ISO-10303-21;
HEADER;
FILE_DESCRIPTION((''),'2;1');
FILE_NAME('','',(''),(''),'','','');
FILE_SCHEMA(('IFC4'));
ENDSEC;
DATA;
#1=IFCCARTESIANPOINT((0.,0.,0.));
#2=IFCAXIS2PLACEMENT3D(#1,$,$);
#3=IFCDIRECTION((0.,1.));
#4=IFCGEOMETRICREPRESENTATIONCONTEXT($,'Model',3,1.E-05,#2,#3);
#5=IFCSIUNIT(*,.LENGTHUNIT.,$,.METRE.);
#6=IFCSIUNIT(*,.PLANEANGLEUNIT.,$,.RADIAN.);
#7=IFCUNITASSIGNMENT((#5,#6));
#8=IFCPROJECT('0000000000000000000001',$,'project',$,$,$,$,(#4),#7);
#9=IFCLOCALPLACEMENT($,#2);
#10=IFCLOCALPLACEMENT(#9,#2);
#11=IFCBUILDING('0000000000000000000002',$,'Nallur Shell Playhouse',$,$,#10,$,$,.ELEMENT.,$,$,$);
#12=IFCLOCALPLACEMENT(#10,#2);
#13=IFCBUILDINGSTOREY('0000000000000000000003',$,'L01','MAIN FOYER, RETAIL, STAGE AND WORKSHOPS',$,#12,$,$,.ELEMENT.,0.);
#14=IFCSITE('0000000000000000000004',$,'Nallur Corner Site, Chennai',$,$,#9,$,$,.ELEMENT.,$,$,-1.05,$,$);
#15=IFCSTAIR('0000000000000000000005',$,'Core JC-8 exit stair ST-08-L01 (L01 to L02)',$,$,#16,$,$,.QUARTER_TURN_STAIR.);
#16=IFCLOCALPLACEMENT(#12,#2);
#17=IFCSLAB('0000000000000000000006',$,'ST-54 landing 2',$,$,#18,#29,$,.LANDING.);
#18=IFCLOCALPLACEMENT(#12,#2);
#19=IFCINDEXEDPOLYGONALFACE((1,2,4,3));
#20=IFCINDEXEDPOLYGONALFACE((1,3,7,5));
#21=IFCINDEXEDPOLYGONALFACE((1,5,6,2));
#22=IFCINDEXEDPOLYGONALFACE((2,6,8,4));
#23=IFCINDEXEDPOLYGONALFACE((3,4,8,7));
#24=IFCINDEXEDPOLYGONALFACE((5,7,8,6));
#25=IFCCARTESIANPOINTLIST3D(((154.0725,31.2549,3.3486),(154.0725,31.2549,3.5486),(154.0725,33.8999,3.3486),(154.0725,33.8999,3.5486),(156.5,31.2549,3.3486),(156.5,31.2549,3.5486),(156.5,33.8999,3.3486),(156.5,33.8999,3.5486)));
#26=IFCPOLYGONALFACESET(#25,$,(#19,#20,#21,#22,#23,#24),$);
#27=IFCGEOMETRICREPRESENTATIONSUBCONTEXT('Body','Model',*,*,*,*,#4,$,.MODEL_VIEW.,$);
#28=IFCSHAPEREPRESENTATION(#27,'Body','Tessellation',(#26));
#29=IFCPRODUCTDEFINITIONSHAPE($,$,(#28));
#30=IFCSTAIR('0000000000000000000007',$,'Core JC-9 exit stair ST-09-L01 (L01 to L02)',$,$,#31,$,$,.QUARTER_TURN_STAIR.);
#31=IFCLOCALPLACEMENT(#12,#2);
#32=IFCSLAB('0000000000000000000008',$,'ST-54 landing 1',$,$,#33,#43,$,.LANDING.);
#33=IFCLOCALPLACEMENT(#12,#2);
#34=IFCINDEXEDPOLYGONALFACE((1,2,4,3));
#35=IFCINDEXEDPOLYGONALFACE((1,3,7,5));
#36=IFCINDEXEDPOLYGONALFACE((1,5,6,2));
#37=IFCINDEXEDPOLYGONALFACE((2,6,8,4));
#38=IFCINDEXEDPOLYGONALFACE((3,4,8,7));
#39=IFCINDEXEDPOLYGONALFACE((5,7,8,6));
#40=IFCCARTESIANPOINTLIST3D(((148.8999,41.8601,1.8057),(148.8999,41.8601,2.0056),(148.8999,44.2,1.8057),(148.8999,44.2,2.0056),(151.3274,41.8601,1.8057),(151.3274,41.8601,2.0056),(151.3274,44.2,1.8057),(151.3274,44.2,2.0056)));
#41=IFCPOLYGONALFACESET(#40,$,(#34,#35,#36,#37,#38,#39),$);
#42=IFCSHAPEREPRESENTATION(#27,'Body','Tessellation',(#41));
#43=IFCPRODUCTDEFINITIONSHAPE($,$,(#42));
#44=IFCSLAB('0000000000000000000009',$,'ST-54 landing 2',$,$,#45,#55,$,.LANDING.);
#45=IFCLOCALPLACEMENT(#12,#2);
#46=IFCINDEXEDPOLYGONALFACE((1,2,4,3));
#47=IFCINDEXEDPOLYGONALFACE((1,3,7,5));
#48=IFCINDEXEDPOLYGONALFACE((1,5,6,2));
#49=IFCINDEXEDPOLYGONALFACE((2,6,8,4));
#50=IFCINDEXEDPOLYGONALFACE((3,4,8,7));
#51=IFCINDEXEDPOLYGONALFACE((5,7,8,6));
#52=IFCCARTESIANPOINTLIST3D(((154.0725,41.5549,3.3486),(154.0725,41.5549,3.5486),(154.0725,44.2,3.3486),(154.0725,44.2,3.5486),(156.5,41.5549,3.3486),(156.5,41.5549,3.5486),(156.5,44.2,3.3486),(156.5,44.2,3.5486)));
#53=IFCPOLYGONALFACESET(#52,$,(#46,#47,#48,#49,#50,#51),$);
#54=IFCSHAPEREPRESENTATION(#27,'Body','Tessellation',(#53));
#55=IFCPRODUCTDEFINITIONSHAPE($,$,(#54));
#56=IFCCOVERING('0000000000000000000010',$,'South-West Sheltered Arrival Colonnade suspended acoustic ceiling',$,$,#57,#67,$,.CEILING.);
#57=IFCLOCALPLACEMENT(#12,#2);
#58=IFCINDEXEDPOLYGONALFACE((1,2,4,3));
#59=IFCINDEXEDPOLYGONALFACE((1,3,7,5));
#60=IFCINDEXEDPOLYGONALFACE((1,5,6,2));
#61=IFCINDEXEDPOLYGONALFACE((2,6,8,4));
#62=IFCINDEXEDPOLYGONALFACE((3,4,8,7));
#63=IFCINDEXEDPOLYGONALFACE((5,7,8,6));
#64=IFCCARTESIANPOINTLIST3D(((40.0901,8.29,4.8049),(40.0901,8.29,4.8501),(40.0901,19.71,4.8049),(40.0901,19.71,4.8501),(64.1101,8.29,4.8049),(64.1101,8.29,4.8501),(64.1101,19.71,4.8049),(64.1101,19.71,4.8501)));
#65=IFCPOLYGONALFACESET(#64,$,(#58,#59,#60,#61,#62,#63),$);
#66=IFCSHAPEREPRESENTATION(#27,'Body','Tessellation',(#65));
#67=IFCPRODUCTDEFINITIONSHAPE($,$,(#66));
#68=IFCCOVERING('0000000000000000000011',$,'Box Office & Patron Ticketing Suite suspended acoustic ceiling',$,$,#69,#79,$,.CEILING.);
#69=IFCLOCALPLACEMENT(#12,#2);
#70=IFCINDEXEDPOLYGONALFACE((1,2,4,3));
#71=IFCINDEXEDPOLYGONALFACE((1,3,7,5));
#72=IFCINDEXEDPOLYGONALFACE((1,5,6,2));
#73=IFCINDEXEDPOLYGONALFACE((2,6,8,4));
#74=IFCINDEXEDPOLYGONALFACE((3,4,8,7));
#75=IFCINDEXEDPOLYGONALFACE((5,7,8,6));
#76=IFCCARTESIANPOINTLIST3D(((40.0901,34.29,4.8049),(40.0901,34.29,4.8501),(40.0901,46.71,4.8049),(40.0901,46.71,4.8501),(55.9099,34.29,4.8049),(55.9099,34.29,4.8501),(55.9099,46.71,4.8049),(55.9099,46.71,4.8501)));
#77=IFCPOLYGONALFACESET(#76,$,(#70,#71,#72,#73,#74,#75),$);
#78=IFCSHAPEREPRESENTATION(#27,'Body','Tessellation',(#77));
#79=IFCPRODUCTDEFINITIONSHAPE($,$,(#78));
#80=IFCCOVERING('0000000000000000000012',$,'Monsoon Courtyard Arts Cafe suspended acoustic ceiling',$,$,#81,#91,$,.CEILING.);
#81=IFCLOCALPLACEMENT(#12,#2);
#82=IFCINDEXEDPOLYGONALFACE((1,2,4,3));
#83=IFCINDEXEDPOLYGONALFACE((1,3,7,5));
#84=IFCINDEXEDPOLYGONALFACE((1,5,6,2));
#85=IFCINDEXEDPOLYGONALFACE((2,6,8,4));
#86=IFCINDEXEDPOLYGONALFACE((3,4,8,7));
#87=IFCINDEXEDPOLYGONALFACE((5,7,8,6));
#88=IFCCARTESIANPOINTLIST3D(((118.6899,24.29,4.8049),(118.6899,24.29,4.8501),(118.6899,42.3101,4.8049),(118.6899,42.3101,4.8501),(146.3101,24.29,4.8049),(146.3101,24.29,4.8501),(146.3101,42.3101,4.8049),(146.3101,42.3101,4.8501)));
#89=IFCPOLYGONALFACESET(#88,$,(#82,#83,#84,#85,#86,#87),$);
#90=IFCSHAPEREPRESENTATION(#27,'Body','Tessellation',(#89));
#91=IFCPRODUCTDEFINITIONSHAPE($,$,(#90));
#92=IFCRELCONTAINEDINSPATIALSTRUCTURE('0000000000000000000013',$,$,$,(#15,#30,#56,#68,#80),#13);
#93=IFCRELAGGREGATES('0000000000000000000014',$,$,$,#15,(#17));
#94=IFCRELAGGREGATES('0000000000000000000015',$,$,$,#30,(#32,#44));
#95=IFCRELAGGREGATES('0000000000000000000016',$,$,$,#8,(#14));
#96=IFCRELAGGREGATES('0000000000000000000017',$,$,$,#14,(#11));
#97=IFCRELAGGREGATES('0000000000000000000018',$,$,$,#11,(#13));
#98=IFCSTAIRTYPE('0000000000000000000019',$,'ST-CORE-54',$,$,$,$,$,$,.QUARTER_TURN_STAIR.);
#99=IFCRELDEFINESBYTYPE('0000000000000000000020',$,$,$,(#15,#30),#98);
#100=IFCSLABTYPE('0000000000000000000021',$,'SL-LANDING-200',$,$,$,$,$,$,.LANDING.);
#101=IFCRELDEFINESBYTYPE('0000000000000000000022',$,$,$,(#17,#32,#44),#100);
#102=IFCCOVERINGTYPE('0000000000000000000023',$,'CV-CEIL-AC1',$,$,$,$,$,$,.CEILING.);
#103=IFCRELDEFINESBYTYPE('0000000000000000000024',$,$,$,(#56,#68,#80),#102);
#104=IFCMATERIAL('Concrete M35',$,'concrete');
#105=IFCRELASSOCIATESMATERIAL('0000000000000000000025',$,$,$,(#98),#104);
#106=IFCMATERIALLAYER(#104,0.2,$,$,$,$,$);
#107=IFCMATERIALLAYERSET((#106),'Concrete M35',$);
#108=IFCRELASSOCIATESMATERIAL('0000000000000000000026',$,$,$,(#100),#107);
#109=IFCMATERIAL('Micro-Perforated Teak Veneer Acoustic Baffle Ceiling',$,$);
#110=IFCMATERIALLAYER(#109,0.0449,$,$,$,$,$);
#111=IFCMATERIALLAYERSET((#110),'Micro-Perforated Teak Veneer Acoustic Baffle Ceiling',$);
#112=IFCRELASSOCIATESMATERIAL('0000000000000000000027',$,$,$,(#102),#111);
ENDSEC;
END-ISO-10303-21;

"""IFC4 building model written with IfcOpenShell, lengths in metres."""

from ifc_helpers import new_model, si_unit, direction, frame, origin, place, context, subcontext, project, spatial, polyline, outline, extrude, material, layer, layer_set, type_object, element, aggregate, save


model = new_model("IFC4")

# Units and contexts
model_context = context("Model", 3, precision=1e-05, world=origin(), true_north=direction((0.0, 1.0)))
body_context = subcontext(model_context, "Body", "Model", "MODEL_VIEW")
ifc_project = project(units=[si_unit("LENGTHUNIT", "METRE"), si_unit("PLANEANGLEUNIT", "RADIAN")], contexts=[model_context])

# Site, building, storey
site_placement = place(None, origin())
site = spatial("IfcSite", under=ifc_project, at=site_placement, Name="Nallur Corner Site, Chennai", CompositionType="ELEMENT", RefElevation=-1.05)
building_placement = place(site_placement, origin())
building = spatial("IfcBuilding", under=site, at=building_placement, Name="Nallur Shell Playhouse", CompositionType="ELEMENT")
storey_placement = place(building_placement, origin())
storey = spatial("IfcBuildingStorey", under=building, at=storey_placement, Name="L01", Description="MAIN FOYER, RETAIL, STAGE AND WORKSHOPS", CompositionType="ELEMENT", Elevation=0.0)

# Stairs, slabs
ifc_material_1 = material(Name="Concrete M35", Category="concrete")
stair_type = type_object("IfcStairType", Name="ST-CORE-54", PredefinedType="QUARTER_TURN_STAIR", material=ifc_material_1)
ifc_layer_1 = layer(ifc_material_1, 0.2)
ifc_layer_set_1 = layer_set([ifc_layer_1], Name="Concrete M35")
slab_type = type_object("IfcSlabType", Name="SL-LANDING-200", PredefinedType="LANDING", material=ifc_layer_set_1)
stair_1_placement = place(storey_placement, origin())
stair_1 = element("IfcStair", 1, at=stair_1_placement, inside=storey, type_object=stair_type, Name="Core JC-8 exit stair ST-08-L01 (L01 to L02)", PredefinedType="QUARTER_TURN_STAIR")
slab_1_placement = place(storey_placement, frame((0.0, 0.0, 3.3486)))
slab_1 = element("IfcSlab", 2, at=slab_1_placement, type_object=slab_type, Name="ST-54 landing 2", PredefinedType="LANDING", context=body_context, shape_type="SweptSolid", body=[
    extrude(outline(polyline([(154.0725, 31.2549), (156.5, 31.2549), (156.5, 33.8999), (154.0725, 33.8999), (154.0725, 31.2549)])), origin(), (0.0, 0.0, 1.0), 0.2),
])
aggregate(stair_1, [slab_1])
stair_2_placement = place(storey_placement, origin())
stair_2 = element("IfcStair", 3, at=stair_2_placement, inside=storey, type_object=stair_type, Name="Core JC-9 exit stair ST-09-L01 (L01 to L02)", PredefinedType="QUARTER_TURN_STAIR")
slab_2_placement = place(storey_placement, frame((0.0, 0.0, 1.8057)))
slab_2 = element("IfcSlab", 4, at=slab_2_placement, type_object=slab_type, Name="ST-54 landing 1", PredefinedType="LANDING", context=body_context, shape_type="SweptSolid", body=[
    extrude(outline(polyline([(148.8999, 41.8601), (151.3274, 41.8601), (151.3274, 44.2), (148.8999, 44.2), (148.8999, 41.8601)])), origin(), (0.0, 0.0, 1.0), 0.2),
])
slab_3_placement = place(storey_placement, frame((0.0, 0.0, 3.3486)))
slab_3 = element("IfcSlab", 5, at=slab_3_placement, type_object=slab_type, Name="ST-54 landing 2", PredefinedType="LANDING", context=body_context, shape_type="SweptSolid", body=[
    extrude(outline(polyline([(154.0725, 41.5549), (156.5, 41.5549), (156.5, 44.2), (154.0725, 44.2), (154.0725, 41.5549)])), origin(), (0.0, 0.0, 1.0), 0.2),
])
aggregate(stair_2, [slab_2, slab_3])

# Coverings
ifc_material_2 = material(Name="Micro-Perforated Teak Veneer Acoustic Baffle Ceiling")
ifc_layer_2 = layer(ifc_material_2, 0.0449)
ifc_layer_set_2 = layer_set([ifc_layer_2], Name="Micro-Perforated Teak Veneer Acoustic Baffle Ceiling")
covering_type_1 = type_object("IfcCoveringType", Name="CV-CEIL-AC1", PredefinedType="CEILING", material=ifc_layer_set_2)
covering_1_placement = place(storey_placement, frame((0.0, 0.0, 4.8049)))
element("IfcCovering", 6, at=covering_1_placement, inside=storey, type_object=covering_type_1, Name="South-West Sheltered Arrival Colonnade suspended acoustic ceiling", PredefinedType="CEILING", context=body_context, shape_type="SweptSolid", body=[
    extrude(outline(polyline([(64.1101, 19.71), (64.1101, 8.29), (40.0901, 8.29), (40.0901, 19.71), (64.1101, 19.71)])), origin(), (0.0, 0.0, 1.0), 0.0452),
])
covering_2_placement = place(storey_placement, frame((0.0, 0.0, 4.8049)))
element("IfcCovering", 7, at=covering_2_placement, inside=storey, type_object=covering_type_1, Name="Box Office & Patron Ticketing Suite suspended acoustic ceiling", PredefinedType="CEILING", context=body_context, shape_type="SweptSolid", body=[
    extrude(outline(polyline([(55.9099, 46.71), (55.9099, 34.29), (40.0901, 34.29), (40.0901, 46.71), (55.9099, 46.71)])), origin(), (0.0, 0.0, 1.0), 0.0452),
])
covering_3_placement = place(storey_placement, frame((0.0, 0.0, 4.8049)))
element("IfcCovering", 8, at=covering_3_placement, inside=storey, type_object=covering_type_1, Name="Monsoon Courtyard Arts Cafe suspended acoustic ceiling", PredefinedType="CEILING", context=body_context, shape_type="SweptSolid", body=[
    extrude(outline(polyline([(146.3101, 42.3101), (146.3101, 24.29), (118.6899, 24.29), (118.6899, 42.3101), (146.3101, 42.3101)])), origin(), (0.0, 0.0, 1.0), 0.0452),
])

save(model, "model.ifc")
